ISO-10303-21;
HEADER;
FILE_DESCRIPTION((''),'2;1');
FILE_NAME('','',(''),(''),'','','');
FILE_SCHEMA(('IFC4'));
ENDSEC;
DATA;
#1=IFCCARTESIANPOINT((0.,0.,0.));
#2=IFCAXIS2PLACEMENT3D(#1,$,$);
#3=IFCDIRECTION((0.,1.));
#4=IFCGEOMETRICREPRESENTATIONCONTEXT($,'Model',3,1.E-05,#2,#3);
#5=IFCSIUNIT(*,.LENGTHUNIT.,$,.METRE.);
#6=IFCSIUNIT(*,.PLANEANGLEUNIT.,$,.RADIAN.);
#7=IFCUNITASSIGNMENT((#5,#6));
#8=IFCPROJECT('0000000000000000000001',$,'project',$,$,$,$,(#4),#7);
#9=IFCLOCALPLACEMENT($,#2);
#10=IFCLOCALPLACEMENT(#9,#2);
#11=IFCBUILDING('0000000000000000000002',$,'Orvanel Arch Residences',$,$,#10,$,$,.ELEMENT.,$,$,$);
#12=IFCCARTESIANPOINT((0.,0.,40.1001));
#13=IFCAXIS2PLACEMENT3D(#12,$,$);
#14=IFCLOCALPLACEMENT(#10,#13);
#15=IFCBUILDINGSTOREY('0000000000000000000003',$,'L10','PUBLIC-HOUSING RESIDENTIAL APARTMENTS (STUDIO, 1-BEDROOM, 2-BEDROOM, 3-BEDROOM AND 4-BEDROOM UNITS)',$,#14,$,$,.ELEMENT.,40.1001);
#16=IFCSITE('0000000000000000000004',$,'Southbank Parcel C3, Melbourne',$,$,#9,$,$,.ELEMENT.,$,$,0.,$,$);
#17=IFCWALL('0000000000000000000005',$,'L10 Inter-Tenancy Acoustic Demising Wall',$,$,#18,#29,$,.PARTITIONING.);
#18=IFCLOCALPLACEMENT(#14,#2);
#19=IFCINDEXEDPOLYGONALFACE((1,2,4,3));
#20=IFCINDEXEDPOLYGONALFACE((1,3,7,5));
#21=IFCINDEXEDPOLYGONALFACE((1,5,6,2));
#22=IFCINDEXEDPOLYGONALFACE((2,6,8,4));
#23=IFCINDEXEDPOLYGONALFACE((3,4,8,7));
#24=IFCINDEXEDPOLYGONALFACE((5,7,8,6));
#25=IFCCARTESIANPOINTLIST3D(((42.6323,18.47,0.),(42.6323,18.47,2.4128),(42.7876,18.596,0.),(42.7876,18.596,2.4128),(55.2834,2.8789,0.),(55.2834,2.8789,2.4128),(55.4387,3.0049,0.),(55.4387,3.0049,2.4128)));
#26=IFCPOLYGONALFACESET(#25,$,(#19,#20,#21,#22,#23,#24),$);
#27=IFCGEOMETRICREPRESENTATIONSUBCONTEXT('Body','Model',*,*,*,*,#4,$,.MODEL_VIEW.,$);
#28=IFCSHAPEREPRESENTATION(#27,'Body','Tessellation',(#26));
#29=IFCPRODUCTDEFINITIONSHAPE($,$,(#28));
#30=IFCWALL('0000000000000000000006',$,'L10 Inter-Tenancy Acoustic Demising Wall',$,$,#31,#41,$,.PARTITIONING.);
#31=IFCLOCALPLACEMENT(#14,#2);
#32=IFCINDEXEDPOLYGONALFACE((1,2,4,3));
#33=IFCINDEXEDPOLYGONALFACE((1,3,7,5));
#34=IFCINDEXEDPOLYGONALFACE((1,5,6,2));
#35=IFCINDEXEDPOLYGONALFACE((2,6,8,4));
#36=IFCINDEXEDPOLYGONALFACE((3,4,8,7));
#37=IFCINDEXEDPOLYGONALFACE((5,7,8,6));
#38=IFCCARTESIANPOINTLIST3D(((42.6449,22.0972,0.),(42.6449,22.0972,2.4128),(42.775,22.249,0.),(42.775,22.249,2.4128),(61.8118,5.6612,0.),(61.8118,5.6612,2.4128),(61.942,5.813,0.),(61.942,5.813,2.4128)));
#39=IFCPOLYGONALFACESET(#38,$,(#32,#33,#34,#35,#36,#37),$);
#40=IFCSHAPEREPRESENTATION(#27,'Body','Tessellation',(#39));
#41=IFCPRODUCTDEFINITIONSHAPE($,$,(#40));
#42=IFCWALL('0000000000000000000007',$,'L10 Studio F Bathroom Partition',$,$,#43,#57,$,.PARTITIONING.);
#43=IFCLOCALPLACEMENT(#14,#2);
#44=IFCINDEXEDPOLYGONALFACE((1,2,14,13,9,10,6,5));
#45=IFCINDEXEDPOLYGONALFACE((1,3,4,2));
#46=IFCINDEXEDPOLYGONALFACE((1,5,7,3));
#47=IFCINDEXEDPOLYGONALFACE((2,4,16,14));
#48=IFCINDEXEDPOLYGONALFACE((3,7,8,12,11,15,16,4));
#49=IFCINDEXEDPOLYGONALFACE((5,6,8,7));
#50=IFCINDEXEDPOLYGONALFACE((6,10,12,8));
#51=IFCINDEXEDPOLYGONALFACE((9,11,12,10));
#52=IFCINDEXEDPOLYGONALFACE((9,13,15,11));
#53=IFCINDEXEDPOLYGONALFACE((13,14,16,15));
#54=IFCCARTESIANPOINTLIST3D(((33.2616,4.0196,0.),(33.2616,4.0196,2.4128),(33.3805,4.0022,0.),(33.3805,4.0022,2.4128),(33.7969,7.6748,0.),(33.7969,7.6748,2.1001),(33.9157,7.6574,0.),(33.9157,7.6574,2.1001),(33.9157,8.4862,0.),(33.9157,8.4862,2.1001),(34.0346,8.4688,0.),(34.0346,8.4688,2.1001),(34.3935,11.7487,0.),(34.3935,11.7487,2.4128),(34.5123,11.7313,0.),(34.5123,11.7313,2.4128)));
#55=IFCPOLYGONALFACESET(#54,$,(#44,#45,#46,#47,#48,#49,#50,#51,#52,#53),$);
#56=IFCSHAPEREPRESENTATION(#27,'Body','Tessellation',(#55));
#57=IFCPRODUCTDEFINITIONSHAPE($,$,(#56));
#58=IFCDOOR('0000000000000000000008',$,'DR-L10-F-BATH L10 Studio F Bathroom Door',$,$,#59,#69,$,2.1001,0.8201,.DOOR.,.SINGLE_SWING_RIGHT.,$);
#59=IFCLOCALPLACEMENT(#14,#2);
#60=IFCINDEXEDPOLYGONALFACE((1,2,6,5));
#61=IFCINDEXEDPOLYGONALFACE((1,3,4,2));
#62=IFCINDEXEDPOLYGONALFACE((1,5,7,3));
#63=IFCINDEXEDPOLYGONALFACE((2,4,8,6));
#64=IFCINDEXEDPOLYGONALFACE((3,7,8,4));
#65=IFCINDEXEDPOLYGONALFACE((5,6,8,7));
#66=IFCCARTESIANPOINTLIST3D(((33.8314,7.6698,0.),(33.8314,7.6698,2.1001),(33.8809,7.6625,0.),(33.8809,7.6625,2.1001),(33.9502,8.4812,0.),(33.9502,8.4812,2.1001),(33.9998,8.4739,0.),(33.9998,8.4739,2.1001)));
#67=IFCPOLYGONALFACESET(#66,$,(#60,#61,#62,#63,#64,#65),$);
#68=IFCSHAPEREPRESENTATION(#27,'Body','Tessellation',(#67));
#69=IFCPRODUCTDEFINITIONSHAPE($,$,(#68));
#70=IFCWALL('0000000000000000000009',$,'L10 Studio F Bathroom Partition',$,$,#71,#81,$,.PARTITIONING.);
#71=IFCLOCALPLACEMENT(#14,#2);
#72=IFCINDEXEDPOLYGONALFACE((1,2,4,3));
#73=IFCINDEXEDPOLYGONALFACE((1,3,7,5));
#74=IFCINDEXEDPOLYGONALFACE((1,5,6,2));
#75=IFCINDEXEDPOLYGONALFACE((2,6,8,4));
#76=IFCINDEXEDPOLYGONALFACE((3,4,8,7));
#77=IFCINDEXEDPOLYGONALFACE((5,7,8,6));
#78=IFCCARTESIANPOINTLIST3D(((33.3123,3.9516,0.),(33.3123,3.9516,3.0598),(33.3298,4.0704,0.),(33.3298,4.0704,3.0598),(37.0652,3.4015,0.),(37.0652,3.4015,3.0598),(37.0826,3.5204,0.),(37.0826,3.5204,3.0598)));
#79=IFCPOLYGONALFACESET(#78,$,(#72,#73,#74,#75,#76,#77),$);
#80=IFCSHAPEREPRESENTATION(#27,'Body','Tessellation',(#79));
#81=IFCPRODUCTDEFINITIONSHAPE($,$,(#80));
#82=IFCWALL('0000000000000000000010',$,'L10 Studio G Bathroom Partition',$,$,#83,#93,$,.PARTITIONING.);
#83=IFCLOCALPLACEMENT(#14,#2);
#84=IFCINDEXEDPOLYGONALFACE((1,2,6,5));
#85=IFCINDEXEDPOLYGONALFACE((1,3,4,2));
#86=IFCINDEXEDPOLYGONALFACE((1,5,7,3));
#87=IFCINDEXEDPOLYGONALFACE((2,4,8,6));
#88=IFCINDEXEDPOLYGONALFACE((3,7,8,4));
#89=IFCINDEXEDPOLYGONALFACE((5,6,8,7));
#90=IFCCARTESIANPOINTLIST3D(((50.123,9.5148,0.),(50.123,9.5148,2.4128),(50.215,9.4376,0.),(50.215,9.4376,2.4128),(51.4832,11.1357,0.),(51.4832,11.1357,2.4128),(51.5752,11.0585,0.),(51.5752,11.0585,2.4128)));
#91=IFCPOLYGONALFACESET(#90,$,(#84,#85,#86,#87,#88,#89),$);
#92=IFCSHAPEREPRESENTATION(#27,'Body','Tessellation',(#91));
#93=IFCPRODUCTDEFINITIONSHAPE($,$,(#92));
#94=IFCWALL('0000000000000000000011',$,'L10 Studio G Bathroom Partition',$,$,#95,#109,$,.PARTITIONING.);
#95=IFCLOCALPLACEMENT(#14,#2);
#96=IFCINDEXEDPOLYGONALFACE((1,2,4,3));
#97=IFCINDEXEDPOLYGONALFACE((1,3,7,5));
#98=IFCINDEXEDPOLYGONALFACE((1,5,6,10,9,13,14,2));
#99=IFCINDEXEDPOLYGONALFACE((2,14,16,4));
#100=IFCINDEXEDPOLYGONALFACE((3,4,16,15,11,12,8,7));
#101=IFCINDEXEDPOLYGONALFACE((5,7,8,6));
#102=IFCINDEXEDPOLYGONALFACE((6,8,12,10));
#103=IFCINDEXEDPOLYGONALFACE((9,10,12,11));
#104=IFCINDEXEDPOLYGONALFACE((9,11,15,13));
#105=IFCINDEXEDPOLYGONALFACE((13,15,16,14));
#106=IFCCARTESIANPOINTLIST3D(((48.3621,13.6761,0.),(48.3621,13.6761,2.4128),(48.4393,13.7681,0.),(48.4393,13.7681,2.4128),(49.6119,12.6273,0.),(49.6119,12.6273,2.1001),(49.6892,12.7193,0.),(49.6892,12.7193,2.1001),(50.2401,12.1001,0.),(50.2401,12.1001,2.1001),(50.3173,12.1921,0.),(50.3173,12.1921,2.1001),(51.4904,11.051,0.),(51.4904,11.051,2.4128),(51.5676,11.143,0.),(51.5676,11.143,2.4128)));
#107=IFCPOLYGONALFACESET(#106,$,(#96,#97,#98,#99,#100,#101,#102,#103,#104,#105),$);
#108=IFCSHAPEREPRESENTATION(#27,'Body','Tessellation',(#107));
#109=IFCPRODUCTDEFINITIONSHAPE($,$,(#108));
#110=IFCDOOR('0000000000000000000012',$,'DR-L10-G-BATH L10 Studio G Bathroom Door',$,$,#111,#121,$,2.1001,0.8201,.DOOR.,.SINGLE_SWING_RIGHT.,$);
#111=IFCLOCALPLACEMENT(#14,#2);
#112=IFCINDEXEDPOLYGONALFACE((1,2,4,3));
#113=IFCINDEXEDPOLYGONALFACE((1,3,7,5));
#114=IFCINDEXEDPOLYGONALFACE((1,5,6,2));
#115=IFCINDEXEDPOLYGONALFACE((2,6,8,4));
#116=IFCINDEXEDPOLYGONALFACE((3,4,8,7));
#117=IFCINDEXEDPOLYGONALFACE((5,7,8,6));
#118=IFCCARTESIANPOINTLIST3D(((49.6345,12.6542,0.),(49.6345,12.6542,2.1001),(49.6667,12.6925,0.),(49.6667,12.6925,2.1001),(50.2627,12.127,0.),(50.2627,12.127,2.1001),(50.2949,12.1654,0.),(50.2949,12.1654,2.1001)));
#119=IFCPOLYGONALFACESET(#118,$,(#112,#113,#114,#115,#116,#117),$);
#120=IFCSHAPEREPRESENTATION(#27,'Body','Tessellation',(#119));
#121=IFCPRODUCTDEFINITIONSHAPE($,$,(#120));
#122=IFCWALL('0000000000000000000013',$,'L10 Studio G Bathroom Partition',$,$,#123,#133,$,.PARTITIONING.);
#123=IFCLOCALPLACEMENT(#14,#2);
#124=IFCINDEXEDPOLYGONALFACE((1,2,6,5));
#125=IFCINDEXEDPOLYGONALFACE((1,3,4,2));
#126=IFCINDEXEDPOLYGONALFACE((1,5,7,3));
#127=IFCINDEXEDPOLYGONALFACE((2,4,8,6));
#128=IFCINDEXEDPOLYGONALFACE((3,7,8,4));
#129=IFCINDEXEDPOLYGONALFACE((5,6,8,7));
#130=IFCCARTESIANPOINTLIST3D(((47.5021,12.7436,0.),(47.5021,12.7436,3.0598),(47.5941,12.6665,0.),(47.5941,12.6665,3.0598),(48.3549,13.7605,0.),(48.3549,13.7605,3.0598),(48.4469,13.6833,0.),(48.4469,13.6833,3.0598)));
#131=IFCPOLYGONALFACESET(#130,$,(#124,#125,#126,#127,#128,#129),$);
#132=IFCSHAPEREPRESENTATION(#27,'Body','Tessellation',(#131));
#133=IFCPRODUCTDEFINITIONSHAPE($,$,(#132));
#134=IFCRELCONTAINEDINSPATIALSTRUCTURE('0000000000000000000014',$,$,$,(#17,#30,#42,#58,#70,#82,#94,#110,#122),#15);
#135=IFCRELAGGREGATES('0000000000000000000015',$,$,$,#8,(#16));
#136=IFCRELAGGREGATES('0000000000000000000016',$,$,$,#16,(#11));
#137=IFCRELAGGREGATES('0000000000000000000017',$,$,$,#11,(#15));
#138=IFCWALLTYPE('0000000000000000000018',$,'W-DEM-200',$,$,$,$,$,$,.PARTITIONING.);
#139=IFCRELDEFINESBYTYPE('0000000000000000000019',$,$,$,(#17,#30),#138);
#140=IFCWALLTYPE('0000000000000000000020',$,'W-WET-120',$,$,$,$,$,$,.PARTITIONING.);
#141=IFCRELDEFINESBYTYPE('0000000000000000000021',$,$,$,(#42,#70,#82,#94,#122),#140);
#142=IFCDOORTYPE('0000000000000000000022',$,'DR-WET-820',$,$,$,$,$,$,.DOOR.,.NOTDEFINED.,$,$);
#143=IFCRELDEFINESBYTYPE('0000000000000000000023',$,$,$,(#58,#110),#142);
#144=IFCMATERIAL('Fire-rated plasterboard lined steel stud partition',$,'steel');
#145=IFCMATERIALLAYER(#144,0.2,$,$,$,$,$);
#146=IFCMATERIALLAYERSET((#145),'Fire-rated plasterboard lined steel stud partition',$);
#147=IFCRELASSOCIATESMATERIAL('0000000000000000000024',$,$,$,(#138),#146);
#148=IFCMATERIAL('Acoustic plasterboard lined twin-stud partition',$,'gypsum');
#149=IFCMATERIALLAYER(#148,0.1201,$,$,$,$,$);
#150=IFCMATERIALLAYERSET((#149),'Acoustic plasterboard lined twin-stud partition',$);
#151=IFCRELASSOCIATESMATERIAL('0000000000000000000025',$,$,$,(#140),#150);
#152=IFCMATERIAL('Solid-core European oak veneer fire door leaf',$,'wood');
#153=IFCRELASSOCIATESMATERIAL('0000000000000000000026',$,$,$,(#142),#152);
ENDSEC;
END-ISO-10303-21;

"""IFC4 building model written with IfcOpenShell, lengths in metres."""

from ifc_helpers import new_model, si_unit, direction, frame, frame_2d, origin, place, context, subcontext, project, spatial, rectangle, extrude, material, layer, layer_set, type_object, element, fill, save


model = new_model("IFC4")

# Units and contexts
model_context = context("Model", 3, precision=1e-05, world=origin(), true_north=direction((0.0, 1.0)))
body_context = subcontext(model_context, "Body", "Model", "MODEL_VIEW")
ifc_project = project(units=[si_unit("LENGTHUNIT", "METRE"), si_unit("PLANEANGLEUNIT", "RADIAN")], contexts=[model_context])

# Site, building, storey
site_placement = place(None, origin())
site = spatial("IfcSite", under=ifc_project, at=site_placement, Name="Southbank Parcel C3, Melbourne", CompositionType="ELEMENT", RefElevation=0.0)
building_placement = place(site_placement, origin())
building = spatial("IfcBuilding", under=site, at=building_placement, Name="Orvanel Arch Residences", CompositionType="ELEMENT")
storey_placement = place(building_placement, frame((0.0, 0.0, 40.1001)))
storey = spatial("IfcBuildingStorey", under=building, at=storey_placement, Name="L10", Description="PUBLIC-HOUSING RESIDENTIAL APARTMENTS (STUDIO, 1-BEDROOM, 2-BEDROOM, 3-BEDROOM AND 4-BEDROOM UNITS)", CompositionType="ELEMENT", Elevation=40.1001)

# Shared definitions
ifc_material_1 = material(Name="Fire-rated plasterboard lined steel stud partition", Category="steel")
ifc_material_2 = material(Name="Solid-core European oak veneer fire door leaf", Category="wood")

# Walls
ifc_layer_1 = layer(ifc_material_1, 0.2)
ifc_layer_set_1 = layer_set([ifc_layer_1], Name="Fire-rated plasterboard lined steel stud partition")
wall_type_1 = type_object("IfcWallType", Name="W-DEM-200", PredefinedType="PARTITIONING", material=ifc_layer_set_1)
wall_1_placement = place(storey_placement, frame((42.71, 18.533, 0.0), z_axis=(0.0, 0.0, 1.0), x_axis=(0.630094, -0.776519, 0.0)))
element("IfcWall", 1, at=wall_1_placement, inside=storey, type_object=wall_type_1, Name="L10 Inter-Tenancy Acoustic Demising Wall", PredefinedType="PARTITIONING", context=body_context, shape_type="SweptSolid", body=[
    extrude(rectangle(XDim=20.0781, YDim=0.2, at=frame_2d((10.0391, 0.0))), origin(), (0.0, 0.0, 1.0), 2.4128),
])
wall_2_placement = place(storey_placement, frame((42.71, 22.1731, 0.0), z_axis=(0.0, 0.0, 1.0), x_axis=(0.759116, -0.650955, 0.0)))
element("IfcWall", 2, at=wall_2_placement, inside=storey, type_object=wall_type_1, Name="L10 Inter-Tenancy Acoustic Demising Wall", PredefinedType="PARTITIONING", context=body_context, shape_type="SweptSolid", body=[
    extrude(rectangle(XDim=25.249, YDim=0.2, at=frame_2d((12.6245, 0.0))), origin(), (0.0, 0.0, 1.0), 2.4128),
])

# Wall, opening, door
ifc_material_3 = material(Name="Acoustic plasterboard lined twin-stud partition", Category="gypsum")
ifc_layer_2 = layer(ifc_material_3, 0.1201)
ifc_layer_set_2 = layer_set([ifc_layer_2], Name="Acoustic plasterboard lined twin-stud partition")
wall_type_2 = type_object("IfcWallType", Name="W-WET-120", PredefinedType="PARTITIONING", material=ifc_layer_set_2)
wall_3_placement = place(storey_placement, frame((34.4529, 11.74, 0.0), z_axis=(0.0, 0.0, 1.0), x_axis=(-0.144895, -0.989447, 0.0)))
wall_3 = element("IfcWall", 3, at=wall_3_placement, inside=storey, type_object=wall_type_2, Name="L10 Studio F Bathroom Partition", PredefinedType="PARTITIONING", context=body_context, shape_type="SweptSolid", body=[
    extrude(rectangle(XDim=7.8115, YDim=0.1201, at=frame_2d((3.9058, 0.0))), origin(), (0.0, 0.0, 1.0), 2.4128),
])
opening_1_placement = place(wall_3_placement, frame((3.2971, 0.0, 0.0)))
opening_1 = element("IfcOpeningElement", 4, at=opening_1_placement, cuts=wall_3, PredefinedType="OPENING", context=body_context, shape_type="SweptSolid", body=[
    extrude(rectangle(XDim=0.8201, YDim=2.1001, at=frame_2d((0.4102, 1.05))), frame((0.0, 0.0701, 0.0), z_axis=(0.0, -1.0, 0.0), x_axis=(1.0, 0.0, 0.0)), (0.0, 0.0, 1.0), 0.1401),
])
door_type_1 = type_object("IfcDoorType", Name="DR-WET-820", OperationType="NOTDEFINED", PredefinedType="DOOR", material=ifc_material_2)
door_1_placement = place(opening_1_placement, origin())
door_1 = element("IfcDoor", 5, at=door_1_placement, inside=storey, type_object=door_type_1, Name="DR-L10-F-BATH L10 Studio F Bathroom Door", OperationType="SINGLE_SWING_RIGHT", OverallHeight=2.1001, OverallWidth=0.8201, PredefinedType="DOOR", context=body_context, shape_type="SweptSolid", body=[
    extrude(rectangle(XDim=0.8201, YDim=2.1001, at=frame_2d((0.4102, 1.05))), frame((0.0, 0.0249, 0.0), z_axis=(0.0, -1.0, 0.0), x_axis=(1.0, 0.0, 0.0)), (0.0, 0.0, 1.0), 0.05),
])
fill(opening_1, door_1)

# Walls
wall_4_placement = place(storey_placement, frame((33.321, 4.011, 0.0), z_axis=(0.0, 0.0, 1.0), x_axis=(0.989429, -0.145016, 0.0)))
element("IfcWall", 6, at=wall_4_placement, inside=storey, type_object=wall_type_2, Name="L10 Studio F Bathroom Partition", PredefinedType="PARTITIONING", context=body_context, shape_type="SweptSolid", body=[
    extrude(rectangle(XDim=3.793, YDim=0.1201, at=frame_2d((1.8965, 0.0))), origin(), (0.0, 0.0, 1.0), 3.0598),
])
wall_5_placement = place(storey_placement, frame((50.1689, 9.4761, 0.0), z_axis=(0.0, 0.0, 1.0), x_axis=(0.642802, 0.766032, 0.0)))
element("IfcWall", 7, at=wall_5_placement, inside=storey, type_object=wall_type_2, Name="L10 Studio G Bathroom Partition", PredefinedType="PARTITIONING", context=body_context, shape_type="SweptSolid", body=[
    extrude(rectangle(XDim=2.116, YDim=0.1201, at=frame_2d((1.0581, 0.0))), origin(), (0.0, 0.0, 1.0), 2.4128),
])

# Wall, opening, door
wall_6_placement = place(storey_placement, frame((51.5291, 11.0969, 0.0), z_axis=(0.0, 0.0, 1.0), x_axis=(-0.766026, 0.642809, 0.0)))
wall_6 = element("IfcWall", 8, at=wall_6_placement, inside=storey, type_object=wall_type_2, Name="L10 Studio G Bathroom Partition", PredefinedType="PARTITIONING", context=body_context, shape_type="SweptSolid", body=[
    extrude(rectangle(XDim=4.0837, YDim=0.1201, at=frame_2d((2.042, 0.0))), origin(), (0.0, 0.0, 1.0), 2.4128),
])
opening_2_placement = place(wall_6_placement, frame((1.6321, 0.0, 0.0)))
opening_2 = element("IfcOpeningElement", 9, at=opening_2_placement, cuts=wall_6, PredefinedType="OPENING", context=body_context, shape_type="SweptSolid", body=[
    extrude(rectangle(XDim=0.8201, YDim=2.1001, at=frame_2d((0.4102, 1.05))), frame((0.0, 0.0701, 0.0), z_axis=(0.0, -1.0, 0.0), x_axis=(1.0, 0.0, 0.0)), (0.0, 0.0, 1.0), 0.1401),
])
door_2_placement = place(opening_2_placement, origin())
door_2 = element("IfcDoor", 10, at=door_2_placement, inside=storey, type_object=door_type_1, Name="DR-L10-G-BATH L10 Studio G Bathroom Door", OperationType="SINGLE_SWING_RIGHT", OverallHeight=2.1001, OverallWidth=0.8201, PredefinedType="DOOR", context=body_context, shape_type="SweptSolid", body=[
    extrude(rectangle(XDim=0.8201, YDim=2.1001, at=frame_2d((0.4102, 1.05))), frame((0.0, 0.0249, 0.0), z_axis=(0.0, -1.0, 0.0), x_axis=(1.0, 0.0, 0.0)), (0.0, 0.0, 1.0), 0.05),
])
fill(opening_2, door_2)

# Wall
wall_7_placement = place(storey_placement, frame((48.4009, 13.7219, 0.0), z_axis=(0.0, 0.0, 1.0), x_axis=(-0.642588, -0.766212, 0.0)))
element("IfcWall", 11, at=wall_7_placement, inside=storey, type_object=wall_type_2, Name="L10 Studio G Bathroom Partition", PredefinedType="PARTITIONING", context=body_context, shape_type="SweptSolid", body=[
    extrude(rectangle(XDim=1.3271, YDim=0.1201, at=frame_2d((0.6636, 0.0))), origin(), (0.0, 0.0, 1.0), 3.0598),
])

save(model, "model.ifc")
